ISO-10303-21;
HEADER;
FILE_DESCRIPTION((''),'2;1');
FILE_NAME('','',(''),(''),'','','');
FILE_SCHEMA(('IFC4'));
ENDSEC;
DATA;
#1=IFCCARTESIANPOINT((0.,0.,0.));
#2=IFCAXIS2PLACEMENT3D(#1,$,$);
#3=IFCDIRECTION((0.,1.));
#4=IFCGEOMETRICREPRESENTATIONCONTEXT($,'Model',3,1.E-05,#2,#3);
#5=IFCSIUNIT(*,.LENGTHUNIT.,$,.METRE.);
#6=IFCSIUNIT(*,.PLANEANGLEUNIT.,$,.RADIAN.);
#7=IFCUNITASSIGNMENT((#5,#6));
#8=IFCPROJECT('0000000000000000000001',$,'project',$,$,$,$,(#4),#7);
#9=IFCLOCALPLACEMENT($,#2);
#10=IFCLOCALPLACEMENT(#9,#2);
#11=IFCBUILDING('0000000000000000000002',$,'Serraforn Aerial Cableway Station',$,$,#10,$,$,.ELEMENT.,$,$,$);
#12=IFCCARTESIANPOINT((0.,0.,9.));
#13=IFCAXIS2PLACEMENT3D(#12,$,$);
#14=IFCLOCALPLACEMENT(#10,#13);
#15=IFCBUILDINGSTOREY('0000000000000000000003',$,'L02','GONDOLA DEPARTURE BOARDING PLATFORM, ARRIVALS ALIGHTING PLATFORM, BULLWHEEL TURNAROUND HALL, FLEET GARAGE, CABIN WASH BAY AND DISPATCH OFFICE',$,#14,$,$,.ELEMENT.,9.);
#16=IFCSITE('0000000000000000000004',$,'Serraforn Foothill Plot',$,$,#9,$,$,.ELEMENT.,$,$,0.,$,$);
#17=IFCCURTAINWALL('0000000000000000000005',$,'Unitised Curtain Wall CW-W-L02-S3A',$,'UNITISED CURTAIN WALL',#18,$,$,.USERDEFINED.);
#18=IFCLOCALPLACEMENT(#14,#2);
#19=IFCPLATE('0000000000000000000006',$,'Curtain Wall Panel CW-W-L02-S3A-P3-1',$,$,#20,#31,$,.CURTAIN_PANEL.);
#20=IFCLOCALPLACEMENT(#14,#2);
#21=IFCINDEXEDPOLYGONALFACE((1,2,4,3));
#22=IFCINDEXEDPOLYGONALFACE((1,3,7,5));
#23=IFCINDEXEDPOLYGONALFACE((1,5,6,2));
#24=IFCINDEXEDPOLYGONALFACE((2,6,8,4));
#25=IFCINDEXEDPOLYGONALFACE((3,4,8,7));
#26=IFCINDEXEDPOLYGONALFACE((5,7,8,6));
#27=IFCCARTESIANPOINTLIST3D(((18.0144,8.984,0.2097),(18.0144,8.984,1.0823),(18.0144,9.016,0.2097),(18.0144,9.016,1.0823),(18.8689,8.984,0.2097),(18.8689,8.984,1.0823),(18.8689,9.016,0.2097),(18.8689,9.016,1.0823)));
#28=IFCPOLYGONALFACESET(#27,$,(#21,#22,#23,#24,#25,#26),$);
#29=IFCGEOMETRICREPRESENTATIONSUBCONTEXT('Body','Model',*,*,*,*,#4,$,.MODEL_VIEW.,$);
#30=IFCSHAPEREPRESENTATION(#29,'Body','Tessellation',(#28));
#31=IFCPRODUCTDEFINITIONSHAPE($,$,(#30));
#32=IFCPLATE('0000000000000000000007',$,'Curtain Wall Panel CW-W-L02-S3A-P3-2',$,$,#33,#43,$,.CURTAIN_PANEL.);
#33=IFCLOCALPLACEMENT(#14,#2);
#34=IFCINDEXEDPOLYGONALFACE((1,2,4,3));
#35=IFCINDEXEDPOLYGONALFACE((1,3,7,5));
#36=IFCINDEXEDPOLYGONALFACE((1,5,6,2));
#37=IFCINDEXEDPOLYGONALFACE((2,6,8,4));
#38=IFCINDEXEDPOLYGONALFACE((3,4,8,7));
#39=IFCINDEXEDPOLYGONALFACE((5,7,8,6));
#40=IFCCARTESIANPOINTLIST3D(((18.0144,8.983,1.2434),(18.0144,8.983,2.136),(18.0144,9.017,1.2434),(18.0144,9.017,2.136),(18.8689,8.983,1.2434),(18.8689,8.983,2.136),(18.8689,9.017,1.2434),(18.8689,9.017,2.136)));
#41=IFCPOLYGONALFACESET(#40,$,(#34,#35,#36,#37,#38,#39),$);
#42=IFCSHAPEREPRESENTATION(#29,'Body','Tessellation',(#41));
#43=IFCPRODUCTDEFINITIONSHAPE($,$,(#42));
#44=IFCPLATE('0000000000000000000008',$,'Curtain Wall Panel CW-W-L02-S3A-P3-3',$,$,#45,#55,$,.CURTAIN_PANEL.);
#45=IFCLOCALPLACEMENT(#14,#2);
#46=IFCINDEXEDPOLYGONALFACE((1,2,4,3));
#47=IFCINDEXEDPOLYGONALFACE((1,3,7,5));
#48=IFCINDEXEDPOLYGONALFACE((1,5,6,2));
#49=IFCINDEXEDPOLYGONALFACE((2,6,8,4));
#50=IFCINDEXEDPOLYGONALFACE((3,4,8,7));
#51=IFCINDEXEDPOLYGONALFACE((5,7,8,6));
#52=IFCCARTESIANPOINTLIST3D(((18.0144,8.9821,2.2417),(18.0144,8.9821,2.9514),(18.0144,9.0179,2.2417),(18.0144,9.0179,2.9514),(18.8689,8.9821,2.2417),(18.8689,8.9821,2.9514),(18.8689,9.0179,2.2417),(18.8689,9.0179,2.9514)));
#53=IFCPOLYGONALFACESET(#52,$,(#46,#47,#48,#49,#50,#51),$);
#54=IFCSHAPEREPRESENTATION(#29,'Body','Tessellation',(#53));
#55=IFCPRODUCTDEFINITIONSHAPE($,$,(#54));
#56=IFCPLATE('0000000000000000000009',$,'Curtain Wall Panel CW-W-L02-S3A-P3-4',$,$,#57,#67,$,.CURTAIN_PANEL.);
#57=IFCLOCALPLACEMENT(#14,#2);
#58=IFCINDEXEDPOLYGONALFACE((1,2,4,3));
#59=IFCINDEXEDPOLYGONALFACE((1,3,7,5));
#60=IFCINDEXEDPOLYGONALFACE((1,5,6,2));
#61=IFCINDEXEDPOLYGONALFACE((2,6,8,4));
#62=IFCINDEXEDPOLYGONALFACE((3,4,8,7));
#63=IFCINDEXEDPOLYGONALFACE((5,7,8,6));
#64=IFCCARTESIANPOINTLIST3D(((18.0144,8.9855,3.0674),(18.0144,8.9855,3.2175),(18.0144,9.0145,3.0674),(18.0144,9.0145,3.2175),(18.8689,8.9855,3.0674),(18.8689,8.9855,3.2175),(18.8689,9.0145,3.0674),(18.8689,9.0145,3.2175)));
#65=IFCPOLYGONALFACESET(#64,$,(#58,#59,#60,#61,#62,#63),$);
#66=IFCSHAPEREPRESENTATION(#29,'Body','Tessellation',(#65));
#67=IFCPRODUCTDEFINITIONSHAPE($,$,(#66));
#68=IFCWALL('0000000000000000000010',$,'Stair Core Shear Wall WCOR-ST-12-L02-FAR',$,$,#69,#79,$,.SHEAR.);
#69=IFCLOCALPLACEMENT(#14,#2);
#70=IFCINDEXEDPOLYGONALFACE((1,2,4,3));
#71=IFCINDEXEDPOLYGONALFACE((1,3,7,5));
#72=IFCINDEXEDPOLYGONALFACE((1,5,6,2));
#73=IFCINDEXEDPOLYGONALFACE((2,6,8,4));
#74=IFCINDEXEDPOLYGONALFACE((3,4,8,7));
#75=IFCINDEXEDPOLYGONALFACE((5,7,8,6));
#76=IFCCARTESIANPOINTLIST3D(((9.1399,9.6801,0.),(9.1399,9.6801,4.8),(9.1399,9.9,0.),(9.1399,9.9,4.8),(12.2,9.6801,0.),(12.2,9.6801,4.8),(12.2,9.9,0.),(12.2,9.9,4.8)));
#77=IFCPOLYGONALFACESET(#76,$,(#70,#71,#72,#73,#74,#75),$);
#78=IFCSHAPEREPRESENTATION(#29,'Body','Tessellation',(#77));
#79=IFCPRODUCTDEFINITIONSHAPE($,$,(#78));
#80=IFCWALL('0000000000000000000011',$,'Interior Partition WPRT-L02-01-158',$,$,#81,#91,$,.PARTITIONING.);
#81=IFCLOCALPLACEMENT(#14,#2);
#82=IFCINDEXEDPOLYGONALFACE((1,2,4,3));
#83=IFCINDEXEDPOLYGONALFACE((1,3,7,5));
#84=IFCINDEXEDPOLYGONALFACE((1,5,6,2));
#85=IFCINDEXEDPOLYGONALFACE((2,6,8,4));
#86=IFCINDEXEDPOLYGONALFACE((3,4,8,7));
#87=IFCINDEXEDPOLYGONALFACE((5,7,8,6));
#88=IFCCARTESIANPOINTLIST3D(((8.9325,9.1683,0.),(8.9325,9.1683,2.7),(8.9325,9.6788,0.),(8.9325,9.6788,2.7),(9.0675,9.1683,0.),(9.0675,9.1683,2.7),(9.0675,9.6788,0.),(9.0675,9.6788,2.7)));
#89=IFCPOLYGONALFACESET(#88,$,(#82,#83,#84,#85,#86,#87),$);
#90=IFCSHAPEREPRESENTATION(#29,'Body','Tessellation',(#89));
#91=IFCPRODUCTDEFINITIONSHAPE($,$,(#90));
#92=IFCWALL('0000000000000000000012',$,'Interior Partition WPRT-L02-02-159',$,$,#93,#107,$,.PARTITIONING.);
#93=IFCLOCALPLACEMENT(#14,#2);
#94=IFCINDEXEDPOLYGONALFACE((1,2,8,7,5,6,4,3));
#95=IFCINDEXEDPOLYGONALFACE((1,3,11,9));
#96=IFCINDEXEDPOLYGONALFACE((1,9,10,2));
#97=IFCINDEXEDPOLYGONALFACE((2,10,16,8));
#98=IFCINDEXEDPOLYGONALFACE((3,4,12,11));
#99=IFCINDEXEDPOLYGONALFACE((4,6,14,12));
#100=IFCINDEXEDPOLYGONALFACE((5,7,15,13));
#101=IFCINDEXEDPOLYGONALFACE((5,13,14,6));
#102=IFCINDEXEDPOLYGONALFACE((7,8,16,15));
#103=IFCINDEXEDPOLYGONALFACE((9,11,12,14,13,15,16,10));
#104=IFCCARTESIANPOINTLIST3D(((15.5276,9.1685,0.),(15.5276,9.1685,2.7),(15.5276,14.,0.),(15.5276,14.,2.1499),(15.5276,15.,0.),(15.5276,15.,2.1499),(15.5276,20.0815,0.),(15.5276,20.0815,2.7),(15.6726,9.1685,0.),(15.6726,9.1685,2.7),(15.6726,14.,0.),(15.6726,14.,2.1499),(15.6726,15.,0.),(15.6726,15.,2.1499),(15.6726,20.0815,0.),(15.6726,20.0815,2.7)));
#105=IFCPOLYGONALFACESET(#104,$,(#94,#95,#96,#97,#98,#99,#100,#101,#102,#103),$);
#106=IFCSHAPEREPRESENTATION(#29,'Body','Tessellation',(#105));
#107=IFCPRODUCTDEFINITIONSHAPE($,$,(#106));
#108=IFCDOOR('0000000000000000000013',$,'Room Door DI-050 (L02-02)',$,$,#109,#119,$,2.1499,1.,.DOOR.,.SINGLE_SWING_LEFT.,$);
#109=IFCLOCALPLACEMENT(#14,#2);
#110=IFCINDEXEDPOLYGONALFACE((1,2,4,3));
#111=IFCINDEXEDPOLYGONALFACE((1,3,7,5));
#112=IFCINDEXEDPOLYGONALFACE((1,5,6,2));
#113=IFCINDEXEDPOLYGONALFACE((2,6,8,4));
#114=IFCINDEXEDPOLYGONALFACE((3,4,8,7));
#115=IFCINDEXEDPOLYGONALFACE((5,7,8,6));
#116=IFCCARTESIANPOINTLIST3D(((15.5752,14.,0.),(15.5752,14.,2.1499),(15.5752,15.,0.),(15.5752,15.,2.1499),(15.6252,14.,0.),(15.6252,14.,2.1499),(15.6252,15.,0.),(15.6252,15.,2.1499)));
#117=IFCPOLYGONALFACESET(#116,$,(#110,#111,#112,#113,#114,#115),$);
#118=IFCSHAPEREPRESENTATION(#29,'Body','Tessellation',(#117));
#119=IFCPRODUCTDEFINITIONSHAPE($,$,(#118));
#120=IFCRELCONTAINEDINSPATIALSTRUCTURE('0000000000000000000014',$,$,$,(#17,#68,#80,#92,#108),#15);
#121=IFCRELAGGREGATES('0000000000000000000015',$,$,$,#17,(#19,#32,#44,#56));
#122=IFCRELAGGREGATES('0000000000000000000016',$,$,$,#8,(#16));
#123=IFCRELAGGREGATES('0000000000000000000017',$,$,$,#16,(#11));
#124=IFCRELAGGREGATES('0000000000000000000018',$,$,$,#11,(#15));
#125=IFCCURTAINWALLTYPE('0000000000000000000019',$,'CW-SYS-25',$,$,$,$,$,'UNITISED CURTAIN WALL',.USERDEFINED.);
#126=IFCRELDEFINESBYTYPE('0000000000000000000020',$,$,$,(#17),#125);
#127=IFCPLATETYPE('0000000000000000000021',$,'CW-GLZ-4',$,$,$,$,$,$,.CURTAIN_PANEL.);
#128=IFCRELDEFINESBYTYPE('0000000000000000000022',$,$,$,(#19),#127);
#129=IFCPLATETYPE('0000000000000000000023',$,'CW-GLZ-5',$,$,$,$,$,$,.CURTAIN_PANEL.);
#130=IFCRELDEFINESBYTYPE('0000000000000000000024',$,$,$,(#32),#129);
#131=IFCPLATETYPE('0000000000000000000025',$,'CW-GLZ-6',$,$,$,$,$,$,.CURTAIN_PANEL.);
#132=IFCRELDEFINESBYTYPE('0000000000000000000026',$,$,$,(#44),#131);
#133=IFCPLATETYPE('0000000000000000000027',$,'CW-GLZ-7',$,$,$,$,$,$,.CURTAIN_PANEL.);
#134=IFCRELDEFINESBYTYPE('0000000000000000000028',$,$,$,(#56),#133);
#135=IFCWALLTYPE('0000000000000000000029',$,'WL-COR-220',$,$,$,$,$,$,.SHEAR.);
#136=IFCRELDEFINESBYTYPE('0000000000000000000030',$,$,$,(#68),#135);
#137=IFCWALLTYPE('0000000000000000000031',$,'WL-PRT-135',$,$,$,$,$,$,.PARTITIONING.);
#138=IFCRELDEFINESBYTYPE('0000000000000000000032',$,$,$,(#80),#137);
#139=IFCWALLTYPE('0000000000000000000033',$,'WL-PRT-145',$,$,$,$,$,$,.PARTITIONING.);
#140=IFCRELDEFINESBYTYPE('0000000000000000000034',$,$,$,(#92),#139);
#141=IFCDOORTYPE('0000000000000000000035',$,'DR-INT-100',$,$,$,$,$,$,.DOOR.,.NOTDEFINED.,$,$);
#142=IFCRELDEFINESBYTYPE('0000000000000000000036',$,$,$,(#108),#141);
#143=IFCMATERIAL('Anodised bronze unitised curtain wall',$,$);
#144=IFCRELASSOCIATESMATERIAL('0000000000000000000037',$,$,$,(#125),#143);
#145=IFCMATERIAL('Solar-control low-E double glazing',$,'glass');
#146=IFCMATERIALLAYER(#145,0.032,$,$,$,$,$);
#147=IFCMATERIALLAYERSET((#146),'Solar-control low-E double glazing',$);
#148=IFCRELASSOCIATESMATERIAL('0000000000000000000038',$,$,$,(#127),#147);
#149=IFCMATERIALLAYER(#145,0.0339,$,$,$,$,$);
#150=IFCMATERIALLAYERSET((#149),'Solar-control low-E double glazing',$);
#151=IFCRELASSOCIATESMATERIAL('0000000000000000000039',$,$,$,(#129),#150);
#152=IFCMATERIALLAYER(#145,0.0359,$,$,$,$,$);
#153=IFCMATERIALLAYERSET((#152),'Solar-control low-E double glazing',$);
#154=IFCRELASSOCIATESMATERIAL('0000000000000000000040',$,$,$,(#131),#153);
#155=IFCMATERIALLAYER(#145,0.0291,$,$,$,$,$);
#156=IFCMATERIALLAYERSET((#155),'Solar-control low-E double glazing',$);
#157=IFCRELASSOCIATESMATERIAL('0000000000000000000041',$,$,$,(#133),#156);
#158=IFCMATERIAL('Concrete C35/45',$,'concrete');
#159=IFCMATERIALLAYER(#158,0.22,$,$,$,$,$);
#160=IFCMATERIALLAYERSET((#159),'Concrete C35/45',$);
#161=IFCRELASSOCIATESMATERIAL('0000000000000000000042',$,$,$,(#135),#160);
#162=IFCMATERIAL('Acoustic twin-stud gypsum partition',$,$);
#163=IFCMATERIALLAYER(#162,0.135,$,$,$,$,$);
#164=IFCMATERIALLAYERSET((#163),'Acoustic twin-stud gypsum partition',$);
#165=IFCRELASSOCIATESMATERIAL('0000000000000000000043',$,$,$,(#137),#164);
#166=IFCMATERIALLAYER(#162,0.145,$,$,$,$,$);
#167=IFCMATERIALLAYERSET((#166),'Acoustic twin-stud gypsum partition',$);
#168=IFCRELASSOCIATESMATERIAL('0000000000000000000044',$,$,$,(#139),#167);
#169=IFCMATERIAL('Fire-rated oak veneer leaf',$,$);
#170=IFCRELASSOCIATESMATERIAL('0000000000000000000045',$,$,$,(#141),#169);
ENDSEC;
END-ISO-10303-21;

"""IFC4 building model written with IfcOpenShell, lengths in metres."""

from ifc_helpers import new_model, si_unit, direction, frame, frame_2d, origin, origin_2d, place, context, subcontext, project, spatial, rectangle, extrude, material, layer, layer_set, type_object, element, fill, aggregate, save


model = new_model("IFC4")

# Units and contexts
model_context = context("Model", 3, precision=1e-05, world=origin(), true_north=direction((0.0, 1.0)))
body_context = subcontext(model_context, "Body", "Model", "MODEL_VIEW")
ifc_project = project(units=[si_unit("LENGTHUNIT", "METRE"), si_unit("PLANEANGLEUNIT", "RADIAN")], contexts=[model_context])

# Site, building, storey
site_placement = place(None, origin())
site = spatial("IfcSite", under=ifc_project, at=site_placement, Name="Serraforn Foothill Plot", CompositionType="ELEMENT", RefElevation=0.0)
building_placement = place(site_placement, origin())
building = spatial("IfcBuilding", under=site, at=building_placement, Name="Serraforn Aerial Cableway Station", CompositionType="ELEMENT")
storey_placement = place(building_placement, frame((0.0, 0.0, 9.0)))
storey = spatial("IfcBuildingStorey", under=building, at=storey_placement, Name="L02", Description="GONDOLA DEPARTURE BOARDING PLATFORM, ARRIVALS ALIGHTING PLATFORM, BULLWHEEL TURNAROUND HALL, FLEET GARAGE, CABIN WASH BAY AND DISPATCH OFFICE", CompositionType="ELEMENT", Elevation=9.0)

# Curtain wall, plates
ifc_material_1 = material(Name="Anodised bronze unitised curtain wall")
curtain_wall_type = type_object("IfcCurtainWallType", Name="CW-SYS-25", ElementType="UNITISED CURTAIN WALL", PredefinedType="USERDEFINED", material=ifc_material_1)
curtain_wall_placement = place(storey_placement, origin())
curtain_wall = element("IfcCurtainWall", 1, at=curtain_wall_placement, inside=storey, type_object=curtain_wall_type, Name="Unitised Curtain Wall CW-W-L02-S3A", ObjectType="UNITISED CURTAIN WALL", PredefinedType="USERDEFINED")
ifc_material_2 = material(Name="Solar-control low-E double glazing", Category="glass")
ifc_layer_1 = layer(ifc_material_2, 0.032)
ifc_layer_set_1 = layer_set([ifc_layer_1], Name="Solar-control low-E double glazing")
plate_type_1 = type_object("IfcPlateType", Name="CW-GLZ-4", PredefinedType="CURTAIN_PANEL", material=ifc_layer_set_1)
plate_1_placement = place(storey_placement, frame((18.4417, 9.0, 0.2097), z_axis=(0.0, 0.0, 1.0), x_axis=(1.0, 0.0, 0.0)))
plate_1 = element("IfcPlate", 2, at=plate_1_placement, type_object=plate_type_1, Name="Curtain Wall Panel CW-W-L02-S3A-P3-1", PredefinedType="CURTAIN_PANEL", context=body_context, shape_type="SweptSolid", body=[
    extrude(rectangle(XDim=0.8545, YDim=0.032, at=origin_2d()), origin(), (0.0, 0.0, 1.0), 0.8726),
])
ifc_layer_2 = layer(ifc_material_2, 0.0339)
ifc_layer_set_2 = layer_set([ifc_layer_2], Name="Solar-control low-E double glazing")
plate_type_2 = type_object("IfcPlateType", Name="CW-GLZ-5", PredefinedType="CURTAIN_PANEL", material=ifc_layer_set_2)
plate_2_placement = place(storey_placement, frame((18.4417, 9.0, 1.2434), z_axis=(0.0, 0.0, 1.0), x_axis=(1.0, 0.0, 0.0)))
plate_2 = element("IfcPlate", 3, at=plate_2_placement, type_object=plate_type_2, Name="Curtain Wall Panel CW-W-L02-S3A-P3-2", PredefinedType="CURTAIN_PANEL", context=body_context, shape_type="SweptSolid", body=[
    extrude(rectangle(XDim=0.8545, YDim=0.0339, at=origin_2d()), origin(), (0.0, 0.0, 1.0), 0.8926),
])
ifc_layer_3 = layer(ifc_material_2, 0.0359)
ifc_layer_set_3 = layer_set([ifc_layer_3], Name="Solar-control low-E double glazing")
plate_type_3 = type_object("IfcPlateType", Name="CW-GLZ-6", PredefinedType="CURTAIN_PANEL", material=ifc_layer_set_3)
plate_3_placement = place(storey_placement, frame((18.4417, 9.0, 2.2417), z_axis=(0.0, 0.0, 1.0), x_axis=(1.0, 0.0, 0.0)))
plate_3 = element("IfcPlate", 4, at=plate_3_placement, type_object=plate_type_3, Name="Curtain Wall Panel CW-W-L02-S3A-P3-3", PredefinedType="CURTAIN_PANEL", context=body_context, shape_type="SweptSolid", body=[
    extrude(rectangle(XDim=0.8545, YDim=0.0359, at=origin_2d()), origin(), (0.0, 0.0, 1.0), 0.7097),
])
ifc_layer_4 = layer(ifc_material_2, 0.0291)
ifc_layer_set_4 = layer_set([ifc_layer_4], Name="Solar-control low-E double glazing")
plate_type_4 = type_object("IfcPlateType", Name="CW-GLZ-7", PredefinedType="CURTAIN_PANEL", material=ifc_layer_set_4)
plate_4_placement = place(storey_placement, frame((18.4417, 9.0, 3.0674), z_axis=(0.0, 0.0, 1.0), x_axis=(1.0, 0.0, 0.0)))
plate_4 = element("IfcPlate", 5, at=plate_4_placement, type_object=plate_type_4, Name="Curtain Wall Panel CW-W-L02-S3A-P3-4", PredefinedType="CURTAIN_PANEL", context=body_context, shape_type="SweptSolid", body=[
    extrude(rectangle(XDim=0.8545, YDim=0.0291, at=origin_2d()), origin(), (0.0, 0.0, 1.0), 0.1501),
])
aggregate(curtain_wall, [plate_1, plate_2, plate_3, plate_4])

# Shared definitions
ifc_material_3 = material(Name="Concrete C35/45", Category="concrete")
ifc_layer_5 = layer(ifc_material_3, 0.22)
ifc_layer_set_5 = layer_set([ifc_layer_5], Name="Concrete C35/45")
wall_type_1 = type_object("IfcWallType", Name="WL-COR-220", PredefinedType="SHEAR", material=ifc_layer_set_5)

# Walls
wall_1_placement = place(storey_placement, frame((9.1399, 9.79, 0.0), z_axis=(0.0, 0.0, 1.0), x_axis=(1.0, 0.0, 0.0)))
element("IfcWall", 6, at=wall_1_placement, inside=storey, type_object=wall_type_1, Name="Stair Core Shear Wall WCOR-ST-12-L02-FAR", PredefinedType="SHEAR", context=body_context, shape_type="SweptSolid", body=[
    extrude(rectangle(XDim=3.0601, YDim=0.22, at=frame_2d((1.53, 0.0))), origin(), (0.0, 0.0, 1.0), 4.8),
])
ifc_material_4 = material(Name="Acoustic twin-stud gypsum partition")
ifc_layer_6 = layer(ifc_material_4, 0.135)
ifc_layer_set_6 = layer_set([ifc_layer_6], Name="Acoustic twin-stud gypsum partition")
wall_type_2 = type_object("IfcWallType", Name="WL-PRT-135", PredefinedType="PARTITIONING", material=ifc_layer_set_6)
wall_2_placement = place(storey_placement, frame((9.0, 9.679, 0.0), z_axis=(0.0, 0.0, 1.0), x_axis=(0.0, -1.0, 0.0)))
element("IfcWall", 7, at=wall_2_placement, inside=storey, type_object=wall_type_2, Name="Interior Partition WPRT-L02-01-158", PredefinedType="PARTITIONING", context=body_context, shape_type="SweptSolid", body=[
    extrude(rectangle(XDim=0.5105, YDim=0.135, at=frame_2d((0.2554, 0.0))), origin(), (0.0, 0.0, 1.0), 2.7),
])

# Wall, opening, door
ifc_layer_7 = layer(ifc_material_4, 0.145)
ifc_layer_set_7 = layer_set([ifc_layer_7], Name="Acoustic twin-stud gypsum partition")
wall_type_3 = type_object("IfcWallType", Name="WL-PRT-145", PredefinedType="PARTITIONING", material=ifc_layer_set_7)
wall_3_placement = place(storey_placement, frame((15.6001, 9.1685, 0.0), z_axis=(0.0, 0.0, 1.0), x_axis=(0.0, 1.0, 0.0)))
wall_3 = element("IfcWall", 8, at=wall_3_placement, inside=storey, type_object=wall_type_3, Name="Interior Partition WPRT-L02-02-159", PredefinedType="PARTITIONING", context=body_context, shape_type="SweptSolid", body=[
    extrude(rectangle(XDim=10.9131, YDim=0.145, at=frame_2d((5.4565, 0.0))), origin(), (0.0, 0.0, 1.0), 2.7),
])
opening_1_placement = place(wall_3_placement, frame((4.8315, 0.0, 0.0)))
opening_1 = element("IfcOpeningElement", 9, at=opening_1_placement, cuts=wall_3, PredefinedType="OPENING", context=body_context, shape_type="SweptSolid", body=[
    extrude(rectangle(XDim=1.0, YDim=2.1499, at=frame_2d((0.5, 1.075))), frame((0.0, 0.0825, 0.0), z_axis=(0.0, -1.0, 0.0), x_axis=(1.0, 0.0, 0.0)), (0.0, 0.0, 1.0), 0.165),
])
ifc_material_5 = material(Name="Fire-rated oak veneer leaf")
door_type_1 = type_object("IfcDoorType", Name="DR-INT-100", OperationType="NOTDEFINED", PredefinedType="DOOR", material=ifc_material_5)
door_1_placement = place(opening_1_placement, origin())
door_1 = element("IfcDoor", 10, at=door_1_placement, inside=storey, type_object=door_type_1, Name="Room Door DI-050 (L02-02)", OperationType="SINGLE_SWING_LEFT", OverallHeight=2.1499, OverallWidth=1.0, PredefinedType="DOOR", context=body_context, shape_type="SweptSolid", body=[
    extrude(rectangle(XDim=1.0, YDim=2.1499, at=frame_2d((0.5, 1.075))), frame((0.0, 0.0249, 0.0), z_axis=(0.0, -1.0, 0.0), x_axis=(1.0, 0.0, 0.0)), (0.0, 0.0, 1.0), 0.05),
])
fill(opening_1, door_1)

save(model, "model.ifc")
